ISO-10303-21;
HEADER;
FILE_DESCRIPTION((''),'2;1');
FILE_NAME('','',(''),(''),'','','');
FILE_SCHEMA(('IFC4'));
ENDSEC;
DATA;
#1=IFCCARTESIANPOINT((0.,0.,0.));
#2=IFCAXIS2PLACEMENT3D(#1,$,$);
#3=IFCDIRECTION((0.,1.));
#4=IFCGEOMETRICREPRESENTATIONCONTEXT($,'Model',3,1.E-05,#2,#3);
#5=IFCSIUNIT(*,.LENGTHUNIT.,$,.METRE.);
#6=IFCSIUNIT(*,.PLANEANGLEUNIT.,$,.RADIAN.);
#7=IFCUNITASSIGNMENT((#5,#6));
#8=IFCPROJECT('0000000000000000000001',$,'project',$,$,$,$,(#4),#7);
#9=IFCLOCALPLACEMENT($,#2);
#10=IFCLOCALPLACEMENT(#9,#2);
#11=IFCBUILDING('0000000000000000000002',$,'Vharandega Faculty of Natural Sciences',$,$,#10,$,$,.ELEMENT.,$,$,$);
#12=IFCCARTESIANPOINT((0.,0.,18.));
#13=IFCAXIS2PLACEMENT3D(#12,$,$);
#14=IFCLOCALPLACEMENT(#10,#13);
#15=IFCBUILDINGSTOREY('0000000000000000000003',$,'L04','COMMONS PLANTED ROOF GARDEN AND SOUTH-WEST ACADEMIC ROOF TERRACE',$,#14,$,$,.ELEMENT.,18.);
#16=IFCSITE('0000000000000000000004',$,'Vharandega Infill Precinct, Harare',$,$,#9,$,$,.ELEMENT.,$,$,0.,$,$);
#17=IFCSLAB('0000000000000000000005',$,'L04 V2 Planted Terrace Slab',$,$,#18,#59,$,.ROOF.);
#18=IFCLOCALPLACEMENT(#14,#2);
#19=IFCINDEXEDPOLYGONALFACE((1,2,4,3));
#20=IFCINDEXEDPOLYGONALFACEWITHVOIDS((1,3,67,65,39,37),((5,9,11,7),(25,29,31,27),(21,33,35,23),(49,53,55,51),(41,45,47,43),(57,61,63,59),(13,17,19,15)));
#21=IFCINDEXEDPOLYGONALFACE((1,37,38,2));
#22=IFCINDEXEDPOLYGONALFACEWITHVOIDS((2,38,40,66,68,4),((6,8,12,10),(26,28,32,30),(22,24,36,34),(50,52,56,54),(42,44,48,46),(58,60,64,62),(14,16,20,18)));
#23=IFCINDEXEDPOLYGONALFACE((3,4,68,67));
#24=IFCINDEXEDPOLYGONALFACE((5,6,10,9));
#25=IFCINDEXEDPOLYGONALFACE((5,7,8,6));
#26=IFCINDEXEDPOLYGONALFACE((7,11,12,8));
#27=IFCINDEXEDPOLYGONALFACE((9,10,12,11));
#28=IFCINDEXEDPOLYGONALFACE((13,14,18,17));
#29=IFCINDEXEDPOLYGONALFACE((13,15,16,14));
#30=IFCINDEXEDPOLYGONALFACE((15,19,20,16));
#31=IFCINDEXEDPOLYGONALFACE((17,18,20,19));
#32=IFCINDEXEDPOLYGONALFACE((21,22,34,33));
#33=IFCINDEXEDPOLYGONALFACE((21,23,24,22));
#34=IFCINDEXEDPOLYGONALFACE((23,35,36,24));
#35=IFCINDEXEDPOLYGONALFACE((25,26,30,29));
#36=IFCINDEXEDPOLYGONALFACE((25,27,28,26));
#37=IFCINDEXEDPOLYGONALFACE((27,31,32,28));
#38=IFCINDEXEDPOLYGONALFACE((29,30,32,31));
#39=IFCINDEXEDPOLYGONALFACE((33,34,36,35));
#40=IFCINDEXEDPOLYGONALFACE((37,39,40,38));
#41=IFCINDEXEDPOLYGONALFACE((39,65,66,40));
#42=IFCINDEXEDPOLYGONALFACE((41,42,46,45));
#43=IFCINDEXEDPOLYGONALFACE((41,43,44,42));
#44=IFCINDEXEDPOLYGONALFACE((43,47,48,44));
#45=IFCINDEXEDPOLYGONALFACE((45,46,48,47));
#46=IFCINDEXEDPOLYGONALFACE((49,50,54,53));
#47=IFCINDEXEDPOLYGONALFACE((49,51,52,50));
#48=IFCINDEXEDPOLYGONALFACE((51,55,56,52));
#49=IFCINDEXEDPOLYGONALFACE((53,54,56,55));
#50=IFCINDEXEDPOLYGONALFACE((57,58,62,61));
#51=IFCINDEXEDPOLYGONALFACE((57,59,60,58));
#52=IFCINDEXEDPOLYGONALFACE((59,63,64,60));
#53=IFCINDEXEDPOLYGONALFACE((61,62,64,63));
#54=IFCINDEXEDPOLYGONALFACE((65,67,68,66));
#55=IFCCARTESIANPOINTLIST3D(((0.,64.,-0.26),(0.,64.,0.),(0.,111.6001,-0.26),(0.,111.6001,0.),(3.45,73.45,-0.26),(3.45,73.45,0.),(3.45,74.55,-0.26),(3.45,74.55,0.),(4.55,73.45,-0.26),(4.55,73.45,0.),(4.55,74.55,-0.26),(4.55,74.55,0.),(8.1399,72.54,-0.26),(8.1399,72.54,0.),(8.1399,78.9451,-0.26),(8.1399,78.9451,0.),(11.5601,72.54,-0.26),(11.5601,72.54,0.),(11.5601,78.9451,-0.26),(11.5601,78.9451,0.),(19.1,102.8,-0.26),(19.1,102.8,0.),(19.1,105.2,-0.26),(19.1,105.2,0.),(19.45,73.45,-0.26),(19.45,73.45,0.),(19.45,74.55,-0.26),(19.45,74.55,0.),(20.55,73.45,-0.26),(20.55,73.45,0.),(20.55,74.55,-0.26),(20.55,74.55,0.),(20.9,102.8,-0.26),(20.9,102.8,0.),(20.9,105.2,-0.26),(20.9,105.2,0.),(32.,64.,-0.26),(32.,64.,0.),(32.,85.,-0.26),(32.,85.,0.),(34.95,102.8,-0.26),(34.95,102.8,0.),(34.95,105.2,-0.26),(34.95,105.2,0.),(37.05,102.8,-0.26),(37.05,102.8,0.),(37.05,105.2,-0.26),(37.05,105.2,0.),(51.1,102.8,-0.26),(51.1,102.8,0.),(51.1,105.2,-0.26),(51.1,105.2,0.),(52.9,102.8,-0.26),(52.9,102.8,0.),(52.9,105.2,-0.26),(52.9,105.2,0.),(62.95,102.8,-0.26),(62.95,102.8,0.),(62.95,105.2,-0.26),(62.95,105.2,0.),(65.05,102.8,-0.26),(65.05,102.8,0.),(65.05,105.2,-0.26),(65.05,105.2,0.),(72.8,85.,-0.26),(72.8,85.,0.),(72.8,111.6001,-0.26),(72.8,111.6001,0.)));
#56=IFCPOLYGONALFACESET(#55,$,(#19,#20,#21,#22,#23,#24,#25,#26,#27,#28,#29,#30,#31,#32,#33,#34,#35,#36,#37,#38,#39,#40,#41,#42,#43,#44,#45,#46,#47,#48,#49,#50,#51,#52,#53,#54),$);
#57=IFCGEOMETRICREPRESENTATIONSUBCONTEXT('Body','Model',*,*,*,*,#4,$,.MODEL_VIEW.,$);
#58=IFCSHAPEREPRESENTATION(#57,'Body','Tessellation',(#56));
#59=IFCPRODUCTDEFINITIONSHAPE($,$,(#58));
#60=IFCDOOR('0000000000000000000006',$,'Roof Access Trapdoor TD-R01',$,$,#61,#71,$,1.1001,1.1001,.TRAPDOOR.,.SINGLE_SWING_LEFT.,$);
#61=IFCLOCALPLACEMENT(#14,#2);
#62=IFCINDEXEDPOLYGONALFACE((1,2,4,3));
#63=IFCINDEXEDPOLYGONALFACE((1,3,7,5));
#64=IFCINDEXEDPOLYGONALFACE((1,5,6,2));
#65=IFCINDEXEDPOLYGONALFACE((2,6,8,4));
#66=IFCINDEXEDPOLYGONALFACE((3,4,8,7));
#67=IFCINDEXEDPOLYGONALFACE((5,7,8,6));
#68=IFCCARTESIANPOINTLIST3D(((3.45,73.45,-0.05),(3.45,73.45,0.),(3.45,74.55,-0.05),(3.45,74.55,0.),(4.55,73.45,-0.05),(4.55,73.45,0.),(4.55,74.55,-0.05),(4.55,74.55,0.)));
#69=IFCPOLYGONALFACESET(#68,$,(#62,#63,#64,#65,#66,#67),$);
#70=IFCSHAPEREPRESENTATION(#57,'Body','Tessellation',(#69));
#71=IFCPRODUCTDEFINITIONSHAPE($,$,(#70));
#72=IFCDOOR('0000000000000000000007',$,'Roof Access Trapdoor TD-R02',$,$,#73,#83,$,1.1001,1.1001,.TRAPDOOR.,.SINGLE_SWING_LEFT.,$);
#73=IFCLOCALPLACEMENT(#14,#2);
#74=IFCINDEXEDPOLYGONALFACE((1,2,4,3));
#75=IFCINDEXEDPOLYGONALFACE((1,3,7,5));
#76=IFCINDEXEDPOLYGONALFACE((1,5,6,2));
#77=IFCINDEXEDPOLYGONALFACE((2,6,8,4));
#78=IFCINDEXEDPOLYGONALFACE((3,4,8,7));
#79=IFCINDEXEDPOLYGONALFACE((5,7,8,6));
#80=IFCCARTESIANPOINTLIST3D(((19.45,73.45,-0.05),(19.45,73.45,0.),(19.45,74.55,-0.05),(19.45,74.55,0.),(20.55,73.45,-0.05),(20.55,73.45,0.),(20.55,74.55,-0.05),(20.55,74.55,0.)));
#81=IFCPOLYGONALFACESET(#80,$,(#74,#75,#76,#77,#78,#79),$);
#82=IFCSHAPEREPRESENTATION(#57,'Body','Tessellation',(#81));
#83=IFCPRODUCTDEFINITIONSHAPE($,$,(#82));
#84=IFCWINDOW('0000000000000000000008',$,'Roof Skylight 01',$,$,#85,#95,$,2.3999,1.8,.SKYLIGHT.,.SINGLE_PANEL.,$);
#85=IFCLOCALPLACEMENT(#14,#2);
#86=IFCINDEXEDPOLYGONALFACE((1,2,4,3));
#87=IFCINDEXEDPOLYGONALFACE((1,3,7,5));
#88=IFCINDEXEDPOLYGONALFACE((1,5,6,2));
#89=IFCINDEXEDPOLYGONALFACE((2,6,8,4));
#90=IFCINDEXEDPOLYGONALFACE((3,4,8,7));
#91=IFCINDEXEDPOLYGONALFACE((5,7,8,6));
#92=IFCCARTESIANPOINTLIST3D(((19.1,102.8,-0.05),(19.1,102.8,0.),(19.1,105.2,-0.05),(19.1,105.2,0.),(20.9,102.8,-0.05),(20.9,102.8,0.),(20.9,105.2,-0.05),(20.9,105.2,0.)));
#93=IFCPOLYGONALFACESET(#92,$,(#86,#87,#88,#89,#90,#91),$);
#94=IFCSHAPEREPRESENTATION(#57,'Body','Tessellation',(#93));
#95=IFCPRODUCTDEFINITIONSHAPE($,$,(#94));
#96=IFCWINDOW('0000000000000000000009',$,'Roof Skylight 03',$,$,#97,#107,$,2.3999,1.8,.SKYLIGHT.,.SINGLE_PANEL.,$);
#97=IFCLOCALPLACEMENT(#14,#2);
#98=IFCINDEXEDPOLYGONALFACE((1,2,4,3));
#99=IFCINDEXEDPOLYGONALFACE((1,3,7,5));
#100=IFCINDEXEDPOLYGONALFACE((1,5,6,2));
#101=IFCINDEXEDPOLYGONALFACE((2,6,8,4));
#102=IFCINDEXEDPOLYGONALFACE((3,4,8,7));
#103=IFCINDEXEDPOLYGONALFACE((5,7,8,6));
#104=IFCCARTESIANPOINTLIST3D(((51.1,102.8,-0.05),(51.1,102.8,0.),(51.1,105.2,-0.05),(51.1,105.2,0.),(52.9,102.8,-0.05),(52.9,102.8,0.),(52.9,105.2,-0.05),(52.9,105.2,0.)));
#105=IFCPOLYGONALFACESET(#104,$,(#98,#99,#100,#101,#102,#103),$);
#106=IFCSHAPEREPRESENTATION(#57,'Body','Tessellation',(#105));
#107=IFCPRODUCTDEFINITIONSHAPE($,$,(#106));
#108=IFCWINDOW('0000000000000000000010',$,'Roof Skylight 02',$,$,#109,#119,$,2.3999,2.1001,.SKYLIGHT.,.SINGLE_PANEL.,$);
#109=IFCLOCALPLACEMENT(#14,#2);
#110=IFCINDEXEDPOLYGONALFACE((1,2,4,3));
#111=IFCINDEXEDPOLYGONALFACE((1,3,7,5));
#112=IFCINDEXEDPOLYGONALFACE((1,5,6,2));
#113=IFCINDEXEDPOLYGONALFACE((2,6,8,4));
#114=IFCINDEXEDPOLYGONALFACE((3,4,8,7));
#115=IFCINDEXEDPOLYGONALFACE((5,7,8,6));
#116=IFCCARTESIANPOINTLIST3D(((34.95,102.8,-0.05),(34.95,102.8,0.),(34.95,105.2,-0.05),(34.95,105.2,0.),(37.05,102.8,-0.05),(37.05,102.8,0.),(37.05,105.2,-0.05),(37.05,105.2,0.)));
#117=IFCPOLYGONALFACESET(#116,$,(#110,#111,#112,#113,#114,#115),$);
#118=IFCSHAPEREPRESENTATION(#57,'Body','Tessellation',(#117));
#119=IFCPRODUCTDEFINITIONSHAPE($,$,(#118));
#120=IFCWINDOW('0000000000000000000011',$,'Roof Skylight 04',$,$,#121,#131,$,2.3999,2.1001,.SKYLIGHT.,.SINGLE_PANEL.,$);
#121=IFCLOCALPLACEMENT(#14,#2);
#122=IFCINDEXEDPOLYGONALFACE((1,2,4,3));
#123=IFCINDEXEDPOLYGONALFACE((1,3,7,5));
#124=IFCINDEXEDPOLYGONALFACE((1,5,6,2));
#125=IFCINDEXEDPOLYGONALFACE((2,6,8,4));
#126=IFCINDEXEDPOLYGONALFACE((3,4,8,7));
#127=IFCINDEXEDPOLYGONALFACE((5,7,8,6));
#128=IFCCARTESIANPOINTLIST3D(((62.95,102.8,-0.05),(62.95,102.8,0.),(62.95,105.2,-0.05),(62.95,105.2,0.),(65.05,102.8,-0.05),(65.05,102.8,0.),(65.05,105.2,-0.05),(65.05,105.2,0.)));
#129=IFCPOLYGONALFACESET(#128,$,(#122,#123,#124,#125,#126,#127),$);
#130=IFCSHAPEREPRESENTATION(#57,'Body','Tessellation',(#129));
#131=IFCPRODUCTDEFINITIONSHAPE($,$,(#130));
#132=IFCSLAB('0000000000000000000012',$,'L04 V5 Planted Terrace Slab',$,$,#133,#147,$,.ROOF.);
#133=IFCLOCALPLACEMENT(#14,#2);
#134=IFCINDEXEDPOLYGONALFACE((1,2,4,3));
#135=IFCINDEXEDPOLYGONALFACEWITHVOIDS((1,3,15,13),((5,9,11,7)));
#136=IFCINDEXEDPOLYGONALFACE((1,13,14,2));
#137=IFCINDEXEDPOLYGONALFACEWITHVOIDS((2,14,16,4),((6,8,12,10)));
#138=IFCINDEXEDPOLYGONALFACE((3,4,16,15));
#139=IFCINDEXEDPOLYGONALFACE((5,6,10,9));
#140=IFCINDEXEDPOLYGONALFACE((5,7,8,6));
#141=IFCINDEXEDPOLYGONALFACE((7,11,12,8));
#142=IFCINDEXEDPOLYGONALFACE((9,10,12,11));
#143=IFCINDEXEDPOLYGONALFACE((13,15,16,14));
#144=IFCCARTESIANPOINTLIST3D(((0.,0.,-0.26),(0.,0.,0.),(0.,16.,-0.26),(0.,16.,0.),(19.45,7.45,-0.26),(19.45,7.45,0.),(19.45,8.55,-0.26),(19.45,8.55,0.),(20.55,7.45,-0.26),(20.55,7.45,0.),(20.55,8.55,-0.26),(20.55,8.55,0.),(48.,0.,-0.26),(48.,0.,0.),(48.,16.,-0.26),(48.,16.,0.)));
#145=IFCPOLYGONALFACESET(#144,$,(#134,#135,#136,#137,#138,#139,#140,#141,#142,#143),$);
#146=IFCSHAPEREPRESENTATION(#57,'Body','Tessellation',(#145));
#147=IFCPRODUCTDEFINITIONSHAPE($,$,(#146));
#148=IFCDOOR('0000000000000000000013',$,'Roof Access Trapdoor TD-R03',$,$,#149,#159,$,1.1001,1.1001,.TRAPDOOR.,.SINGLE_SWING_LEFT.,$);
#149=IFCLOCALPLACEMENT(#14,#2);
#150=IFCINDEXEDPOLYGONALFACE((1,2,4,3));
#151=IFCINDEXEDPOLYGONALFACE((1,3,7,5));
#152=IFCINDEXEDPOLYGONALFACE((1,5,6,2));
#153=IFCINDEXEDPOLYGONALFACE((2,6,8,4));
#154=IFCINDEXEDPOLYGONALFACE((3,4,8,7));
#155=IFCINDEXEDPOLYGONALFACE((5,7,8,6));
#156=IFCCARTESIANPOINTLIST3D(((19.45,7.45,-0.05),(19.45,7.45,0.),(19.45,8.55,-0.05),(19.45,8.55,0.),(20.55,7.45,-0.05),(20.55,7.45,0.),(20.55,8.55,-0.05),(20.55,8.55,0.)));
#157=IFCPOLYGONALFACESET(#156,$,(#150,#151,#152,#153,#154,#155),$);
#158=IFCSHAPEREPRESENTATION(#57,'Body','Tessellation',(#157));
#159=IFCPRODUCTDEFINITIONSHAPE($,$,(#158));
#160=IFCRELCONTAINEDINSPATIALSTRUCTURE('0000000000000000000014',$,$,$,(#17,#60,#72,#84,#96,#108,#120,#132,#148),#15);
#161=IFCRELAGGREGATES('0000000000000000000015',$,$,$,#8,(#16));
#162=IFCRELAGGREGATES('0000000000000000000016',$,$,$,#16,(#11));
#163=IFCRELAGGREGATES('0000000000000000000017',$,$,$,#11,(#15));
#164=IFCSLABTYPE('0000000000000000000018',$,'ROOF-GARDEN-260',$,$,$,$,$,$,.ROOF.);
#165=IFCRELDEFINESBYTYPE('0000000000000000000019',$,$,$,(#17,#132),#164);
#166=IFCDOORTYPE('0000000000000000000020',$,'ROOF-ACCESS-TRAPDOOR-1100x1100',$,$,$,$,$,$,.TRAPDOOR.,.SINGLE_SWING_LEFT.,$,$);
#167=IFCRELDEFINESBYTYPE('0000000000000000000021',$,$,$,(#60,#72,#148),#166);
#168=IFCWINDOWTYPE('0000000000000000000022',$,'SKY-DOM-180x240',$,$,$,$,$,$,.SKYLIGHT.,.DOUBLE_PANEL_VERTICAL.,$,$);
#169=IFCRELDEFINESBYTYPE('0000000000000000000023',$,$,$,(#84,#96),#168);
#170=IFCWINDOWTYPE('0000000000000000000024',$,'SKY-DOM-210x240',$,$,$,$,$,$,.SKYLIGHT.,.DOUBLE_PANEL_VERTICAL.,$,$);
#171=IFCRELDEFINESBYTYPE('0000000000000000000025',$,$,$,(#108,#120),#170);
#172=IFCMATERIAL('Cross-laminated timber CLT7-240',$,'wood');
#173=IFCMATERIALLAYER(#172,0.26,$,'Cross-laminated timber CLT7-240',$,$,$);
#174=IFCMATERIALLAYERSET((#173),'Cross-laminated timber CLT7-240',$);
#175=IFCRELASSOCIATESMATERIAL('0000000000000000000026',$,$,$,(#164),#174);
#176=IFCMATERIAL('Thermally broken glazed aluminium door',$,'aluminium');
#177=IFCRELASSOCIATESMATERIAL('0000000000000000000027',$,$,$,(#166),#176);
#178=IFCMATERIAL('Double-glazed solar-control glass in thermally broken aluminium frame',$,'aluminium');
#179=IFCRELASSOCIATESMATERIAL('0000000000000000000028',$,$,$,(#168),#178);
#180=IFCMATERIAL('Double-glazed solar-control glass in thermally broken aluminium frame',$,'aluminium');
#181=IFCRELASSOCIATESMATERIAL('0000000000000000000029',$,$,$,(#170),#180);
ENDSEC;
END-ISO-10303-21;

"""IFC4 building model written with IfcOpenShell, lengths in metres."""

from ifc_helpers import new_model, si_unit, direction, frame, origin, origin_2d, place, context, subcontext, project, spatial, polyline, rectangle, outline, extrude, material, layer, layer_set, type_object, element, fill, save


model = new_model("IFC4")

# Units and contexts
model_context = context("Model", 3, precision=1e-05, world=origin(), true_north=direction((0.0, 1.0)))
body_context = subcontext(model_context, "Body", "Model", "MODEL_VIEW")
ifc_project = project(units=[si_unit("LENGTHUNIT", "METRE"), si_unit("PLANEANGLEUNIT", "RADIAN")], contexts=[model_context])

# Site, building, storey
site_placement = place(None, origin())
site = spatial("IfcSite", under=ifc_project, at=site_placement, Name="Vharandega Infill Precinct, Harare", CompositionType="ELEMENT", RefElevation=0.0)
building_placement = place(site_placement, origin())
building = spatial("IfcBuilding", under=site, at=building_placement, Name="Vharandega Faculty of Natural Sciences", CompositionType="ELEMENT")
storey_placement = place(building_placement, frame((0.0, 0.0, 18.0)))
storey = spatial("IfcBuildingStorey", under=building, at=storey_placement, Name="L04", Description="COMMONS PLANTED ROOF GARDEN AND SOUTH-WEST ACADEMIC ROOF TERRACE", CompositionType="ELEMENT", Elevation=18.0)

# Slab, openings, doors, windows
ifc_material_1 = material(Name="Cross-laminated timber CLT7-240", Category="wood")
ifc_layer_1 = layer(ifc_material_1, 0.26, Name="Cross-laminated timber CLT7-240")
ifc_layer_set_1 = layer_set([ifc_layer_1], Name="Cross-laminated timber CLT7-240")
slab_type_1 = type_object("IfcSlabType", Name="ROOF-GARDEN-260", PredefinedType="ROOF", material=ifc_layer_set_1)
slab_1_placement = place(storey_placement, frame((0.0, 0.0, -0.26)))
slab_1 = element("IfcSlab", 1, at=slab_1_placement, inside=storey, type_object=slab_type_1, Name="L04 V2 Planted Terrace Slab", PredefinedType="ROOF", context=body_context, shape_type="SweptSolid", body=[
    extrude(outline(polyline([(0.0, 64.0), (32.0, 64.0), (32.0, 85.0), (72.8, 85.0), (72.8, 111.6001), (0.0, 111.6001), (0.0, 64.0)]), holes=[polyline([(8.1399, 78.9451), (8.1399, 72.54), (11.5601, 72.54), (11.5601, 78.9451), (8.1399, 78.9451)])]), origin(), (0.0, 0.0, 1.0), 0.26),
])
opening_1_placement = place(slab_1_placement, frame((20.0, 104.0, 0.0)))
opening_1 = element("IfcOpeningElement", 2, at=opening_1_placement, cuts=slab_1, PredefinedType="OPENING", context=body_context, shape_type="SweptSolid", body=[
    extrude(rectangle(XDim=1.8, YDim=2.3999, at=origin_2d()), origin(), (0.0, 0.0, 1.0), 0.26),
])
opening_2_placement = place(slab_1_placement, frame((36.0, 104.0, 0.0)))
opening_2 = element("IfcOpeningElement", 3, at=opening_2_placement, cuts=slab_1, PredefinedType="OPENING", context=body_context, shape_type="SweptSolid", body=[
    extrude(rectangle(XDim=2.1001, YDim=2.3999, at=origin_2d()), origin(), (0.0, 0.0, 1.0), 0.26),
])
opening_3_placement = place(slab_1_placement, frame((52.0, 104.0, 0.0)))
opening_3 = element("IfcOpeningElement", 4, at=opening_3_placement, cuts=slab_1, PredefinedType="OPENING", context=body_context, shape_type="SweptSolid", body=[
    extrude(rectangle(XDim=1.8, YDim=2.3999, at=origin_2d()), origin(), (0.0, 0.0, 1.0), 0.26),
])
opening_4_placement = place(slab_1_placement, frame((64.0, 104.0, 0.0)))
opening_4 = element("IfcOpeningElement", 5, at=opening_4_placement, cuts=slab_1, PredefinedType="OPENING", context=body_context, shape_type="SweptSolid", body=[
    extrude(rectangle(XDim=2.1001, YDim=2.3999, at=origin_2d()), origin(), (0.0, 0.0, 1.0), 0.26),
])
opening_5_placement = place(slab_1_placement, frame((4.0, 74.0, 0.0)))
opening_5 = element("IfcOpeningElement", 6, at=opening_5_placement, cuts=slab_1, PredefinedType="OPENING", context=body_context, shape_type="SweptSolid", body=[
    extrude(rectangle(XDim=1.1001, YDim=1.1001, at=origin_2d()), origin(), (0.0, 0.0, 1.0), 0.26),
])
opening_6_placement = place(slab_1_placement, frame((20.0, 74.0, 0.0)))
opening_6 = element("IfcOpeningElement", 7, at=opening_6_placement, cuts=slab_1, PredefinedType="OPENING", context=body_context, shape_type="SweptSolid", body=[
    extrude(rectangle(XDim=1.1001, YDim=1.1001, at=origin_2d()), origin(), (0.0, 0.0, 1.0), 0.26),
])
ifc_material_2 = material(Name="Thermally broken glazed aluminium door", Category="aluminium")
door_type = type_object("IfcDoorType", Name="ROOF-ACCESS-TRAPDOOR-1100x1100", OperationType="SINGLE_SWING_LEFT", PredefinedType="TRAPDOOR", material=ifc_material_2)
door_1_placement = place(opening_5_placement, frame((0.0, 0.0, 0.21)))
door_1 = element("IfcDoor", 8, at=door_1_placement, inside=storey, type_object=door_type, Name="Roof Access Trapdoor TD-R01", OperationType="SINGLE_SWING_LEFT", OverallHeight=1.1001, OverallWidth=1.1001, PredefinedType="TRAPDOOR", context=body_context, shape_type="SweptSolid", body=[
    extrude(rectangle(XDim=1.1001, YDim=1.1001, at=origin_2d()), origin(), (0.0, 0.0, 1.0), 0.05),
])
fill(opening_5, door_1)
door_2_placement = place(opening_6_placement, frame((0.0, 0.0, 0.21)))
door_2 = element("IfcDoor", 9, at=door_2_placement, inside=storey, type_object=door_type, Name="Roof Access Trapdoor TD-R02", OperationType="SINGLE_SWING_LEFT", OverallHeight=1.1001, OverallWidth=1.1001, PredefinedType="TRAPDOOR", context=body_context, shape_type="SweptSolid", body=[
    extrude(rectangle(XDim=1.1001, YDim=1.1001, at=origin_2d()), origin(), (0.0, 0.0, 1.0), 0.05),
])
fill(opening_6, door_2)
ifc_material_3 = material(Name="Double-glazed solar-control glass in thermally broken aluminium frame", Category="aluminium")
window_type_1 = type_object("IfcWindowType", Name="SKY-DOM-180x240", PartitioningType="DOUBLE_PANEL_VERTICAL", PredefinedType="SKYLIGHT", material=ifc_material_3)
window_1_placement = place(opening_1_placement, frame((0.0, 0.0, 0.21)))
window_1 = element("IfcWindow", 10, at=window_1_placement, inside=storey, type_object=window_type_1, Name="Roof Skylight 01", OverallHeight=2.3999, OverallWidth=1.8, PartitioningType="SINGLE_PANEL", PredefinedType="SKYLIGHT", context=body_context, shape_type="SweptSolid", body=[
    extrude(rectangle(XDim=1.8, YDim=2.3999, at=origin_2d()), origin(), (0.0, 0.0, 1.0), 0.05),
])
fill(opening_1, window_1)
window_2_placement = place(opening_3_placement, frame((0.0, 0.0, 0.21)))
window_2 = element("IfcWindow", 11, at=window_2_placement, inside=storey, type_object=window_type_1, Name="Roof Skylight 03", OverallHeight=2.3999, OverallWidth=1.8, PartitioningType="SINGLE_PANEL", PredefinedType="SKYLIGHT", context=body_context, shape_type="SweptSolid", body=[
    extrude(rectangle(XDim=1.8, YDim=2.3999, at=origin_2d()), origin(), (0.0, 0.0, 1.0), 0.05),
])
fill(opening_3, window_2)
ifc_material_4 = material(Name="Double-glazed solar-control glass in thermally broken aluminium frame", Category="aluminium")
window_type_2 = type_object("IfcWindowType", Name="SKY-DOM-210x240", PartitioningType="DOUBLE_PANEL_VERTICAL", PredefinedType="SKYLIGHT", material=ifc_material_4)
window_3_placement = place(opening_2_placement, frame((0.0, 0.0, 0.21)))
window_3 = element("IfcWindow", 12, at=window_3_placement, inside=storey, type_object=window_type_2, Name="Roof Skylight 02", OverallHeight=2.3999, OverallWidth=2.1001, PartitioningType="SINGLE_PANEL", PredefinedType="SKYLIGHT", context=body_context, shape_type="SweptSolid", body=[
    extrude(rectangle(XDim=2.1001, YDim=2.3999, at=origin_2d()), origin(), (0.0, 0.0, 1.0), 0.05),
])
fill(opening_2, window_3)
window_4_placement = place(opening_4_placement, frame((0.0, 0.0, 0.21)))
window_4 = element("IfcWindow", 13, at=window_4_placement, inside=storey, type_object=window_type_2, Name="Roof Skylight 04", OverallHeight=2.3999, OverallWidth=2.1001, PartitioningType="SINGLE_PANEL", PredefinedType="SKYLIGHT", context=body_context, shape_type="SweptSolid", body=[
    extrude(rectangle(XDim=2.1001, YDim=2.3999, at=origin_2d()), origin(), (0.0, 0.0, 1.0), 0.05),
])
fill(opening_4, window_4)

# Slab, opening, door
slab_2_placement = place(storey_placement, frame((0.0, 0.0, -0.26)))
slab_2 = element("IfcSlab", 14, at=slab_2_placement, inside=storey, type_object=slab_type_1, Name="L04 V5 Planted Terrace Slab", PredefinedType="ROOF", context=body_context, shape_type="SweptSolid", body=[
    extrude(outline(polyline([(0.0, 0.0), (48.0, 0.0), (48.0, 16.0), (0.0, 16.0), (0.0, 0.0)]), holes=[polyline([(19.45, 7.45), (20.55, 7.45), (20.55, 8.55), (19.45, 8.55), (19.45, 7.45)])]), origin(), (0.0, 0.0, 1.0), 0.26),
])
opening_7_placement = place(slab_2_placement, frame((20.0, 8.0, 0.0)))
opening_7 = element("IfcOpeningElement", 15, at=opening_7_placement, cuts=slab_2, PredefinedType="OPENING", context=body_context, shape_type="SweptSolid", body=[
    extrude(rectangle(XDim=1.1001, YDim=1.1001, at=origin_2d()), origin(), (0.0, 0.0, 1.0), 0.26),
])
door_3_placement = place(opening_7_placement, frame((0.0, 0.0, 0.21)))
door_3 = element("IfcDoor", 16, at=door_3_placement, inside=storey, type_object=door_type, Name="Roof Access Trapdoor TD-R03", OperationType="SINGLE_SWING_LEFT", OverallHeight=1.1001, OverallWidth=1.1001, PredefinedType="TRAPDOOR", context=body_context, shape_type="SweptSolid", body=[
    extrude(rectangle(XDim=1.1001, YDim=1.1001, at=origin_2d()), origin(), (0.0, 0.0, 1.0), 0.05),
])
fill(opening_7, door_3)

save(model, "model.ifc")
